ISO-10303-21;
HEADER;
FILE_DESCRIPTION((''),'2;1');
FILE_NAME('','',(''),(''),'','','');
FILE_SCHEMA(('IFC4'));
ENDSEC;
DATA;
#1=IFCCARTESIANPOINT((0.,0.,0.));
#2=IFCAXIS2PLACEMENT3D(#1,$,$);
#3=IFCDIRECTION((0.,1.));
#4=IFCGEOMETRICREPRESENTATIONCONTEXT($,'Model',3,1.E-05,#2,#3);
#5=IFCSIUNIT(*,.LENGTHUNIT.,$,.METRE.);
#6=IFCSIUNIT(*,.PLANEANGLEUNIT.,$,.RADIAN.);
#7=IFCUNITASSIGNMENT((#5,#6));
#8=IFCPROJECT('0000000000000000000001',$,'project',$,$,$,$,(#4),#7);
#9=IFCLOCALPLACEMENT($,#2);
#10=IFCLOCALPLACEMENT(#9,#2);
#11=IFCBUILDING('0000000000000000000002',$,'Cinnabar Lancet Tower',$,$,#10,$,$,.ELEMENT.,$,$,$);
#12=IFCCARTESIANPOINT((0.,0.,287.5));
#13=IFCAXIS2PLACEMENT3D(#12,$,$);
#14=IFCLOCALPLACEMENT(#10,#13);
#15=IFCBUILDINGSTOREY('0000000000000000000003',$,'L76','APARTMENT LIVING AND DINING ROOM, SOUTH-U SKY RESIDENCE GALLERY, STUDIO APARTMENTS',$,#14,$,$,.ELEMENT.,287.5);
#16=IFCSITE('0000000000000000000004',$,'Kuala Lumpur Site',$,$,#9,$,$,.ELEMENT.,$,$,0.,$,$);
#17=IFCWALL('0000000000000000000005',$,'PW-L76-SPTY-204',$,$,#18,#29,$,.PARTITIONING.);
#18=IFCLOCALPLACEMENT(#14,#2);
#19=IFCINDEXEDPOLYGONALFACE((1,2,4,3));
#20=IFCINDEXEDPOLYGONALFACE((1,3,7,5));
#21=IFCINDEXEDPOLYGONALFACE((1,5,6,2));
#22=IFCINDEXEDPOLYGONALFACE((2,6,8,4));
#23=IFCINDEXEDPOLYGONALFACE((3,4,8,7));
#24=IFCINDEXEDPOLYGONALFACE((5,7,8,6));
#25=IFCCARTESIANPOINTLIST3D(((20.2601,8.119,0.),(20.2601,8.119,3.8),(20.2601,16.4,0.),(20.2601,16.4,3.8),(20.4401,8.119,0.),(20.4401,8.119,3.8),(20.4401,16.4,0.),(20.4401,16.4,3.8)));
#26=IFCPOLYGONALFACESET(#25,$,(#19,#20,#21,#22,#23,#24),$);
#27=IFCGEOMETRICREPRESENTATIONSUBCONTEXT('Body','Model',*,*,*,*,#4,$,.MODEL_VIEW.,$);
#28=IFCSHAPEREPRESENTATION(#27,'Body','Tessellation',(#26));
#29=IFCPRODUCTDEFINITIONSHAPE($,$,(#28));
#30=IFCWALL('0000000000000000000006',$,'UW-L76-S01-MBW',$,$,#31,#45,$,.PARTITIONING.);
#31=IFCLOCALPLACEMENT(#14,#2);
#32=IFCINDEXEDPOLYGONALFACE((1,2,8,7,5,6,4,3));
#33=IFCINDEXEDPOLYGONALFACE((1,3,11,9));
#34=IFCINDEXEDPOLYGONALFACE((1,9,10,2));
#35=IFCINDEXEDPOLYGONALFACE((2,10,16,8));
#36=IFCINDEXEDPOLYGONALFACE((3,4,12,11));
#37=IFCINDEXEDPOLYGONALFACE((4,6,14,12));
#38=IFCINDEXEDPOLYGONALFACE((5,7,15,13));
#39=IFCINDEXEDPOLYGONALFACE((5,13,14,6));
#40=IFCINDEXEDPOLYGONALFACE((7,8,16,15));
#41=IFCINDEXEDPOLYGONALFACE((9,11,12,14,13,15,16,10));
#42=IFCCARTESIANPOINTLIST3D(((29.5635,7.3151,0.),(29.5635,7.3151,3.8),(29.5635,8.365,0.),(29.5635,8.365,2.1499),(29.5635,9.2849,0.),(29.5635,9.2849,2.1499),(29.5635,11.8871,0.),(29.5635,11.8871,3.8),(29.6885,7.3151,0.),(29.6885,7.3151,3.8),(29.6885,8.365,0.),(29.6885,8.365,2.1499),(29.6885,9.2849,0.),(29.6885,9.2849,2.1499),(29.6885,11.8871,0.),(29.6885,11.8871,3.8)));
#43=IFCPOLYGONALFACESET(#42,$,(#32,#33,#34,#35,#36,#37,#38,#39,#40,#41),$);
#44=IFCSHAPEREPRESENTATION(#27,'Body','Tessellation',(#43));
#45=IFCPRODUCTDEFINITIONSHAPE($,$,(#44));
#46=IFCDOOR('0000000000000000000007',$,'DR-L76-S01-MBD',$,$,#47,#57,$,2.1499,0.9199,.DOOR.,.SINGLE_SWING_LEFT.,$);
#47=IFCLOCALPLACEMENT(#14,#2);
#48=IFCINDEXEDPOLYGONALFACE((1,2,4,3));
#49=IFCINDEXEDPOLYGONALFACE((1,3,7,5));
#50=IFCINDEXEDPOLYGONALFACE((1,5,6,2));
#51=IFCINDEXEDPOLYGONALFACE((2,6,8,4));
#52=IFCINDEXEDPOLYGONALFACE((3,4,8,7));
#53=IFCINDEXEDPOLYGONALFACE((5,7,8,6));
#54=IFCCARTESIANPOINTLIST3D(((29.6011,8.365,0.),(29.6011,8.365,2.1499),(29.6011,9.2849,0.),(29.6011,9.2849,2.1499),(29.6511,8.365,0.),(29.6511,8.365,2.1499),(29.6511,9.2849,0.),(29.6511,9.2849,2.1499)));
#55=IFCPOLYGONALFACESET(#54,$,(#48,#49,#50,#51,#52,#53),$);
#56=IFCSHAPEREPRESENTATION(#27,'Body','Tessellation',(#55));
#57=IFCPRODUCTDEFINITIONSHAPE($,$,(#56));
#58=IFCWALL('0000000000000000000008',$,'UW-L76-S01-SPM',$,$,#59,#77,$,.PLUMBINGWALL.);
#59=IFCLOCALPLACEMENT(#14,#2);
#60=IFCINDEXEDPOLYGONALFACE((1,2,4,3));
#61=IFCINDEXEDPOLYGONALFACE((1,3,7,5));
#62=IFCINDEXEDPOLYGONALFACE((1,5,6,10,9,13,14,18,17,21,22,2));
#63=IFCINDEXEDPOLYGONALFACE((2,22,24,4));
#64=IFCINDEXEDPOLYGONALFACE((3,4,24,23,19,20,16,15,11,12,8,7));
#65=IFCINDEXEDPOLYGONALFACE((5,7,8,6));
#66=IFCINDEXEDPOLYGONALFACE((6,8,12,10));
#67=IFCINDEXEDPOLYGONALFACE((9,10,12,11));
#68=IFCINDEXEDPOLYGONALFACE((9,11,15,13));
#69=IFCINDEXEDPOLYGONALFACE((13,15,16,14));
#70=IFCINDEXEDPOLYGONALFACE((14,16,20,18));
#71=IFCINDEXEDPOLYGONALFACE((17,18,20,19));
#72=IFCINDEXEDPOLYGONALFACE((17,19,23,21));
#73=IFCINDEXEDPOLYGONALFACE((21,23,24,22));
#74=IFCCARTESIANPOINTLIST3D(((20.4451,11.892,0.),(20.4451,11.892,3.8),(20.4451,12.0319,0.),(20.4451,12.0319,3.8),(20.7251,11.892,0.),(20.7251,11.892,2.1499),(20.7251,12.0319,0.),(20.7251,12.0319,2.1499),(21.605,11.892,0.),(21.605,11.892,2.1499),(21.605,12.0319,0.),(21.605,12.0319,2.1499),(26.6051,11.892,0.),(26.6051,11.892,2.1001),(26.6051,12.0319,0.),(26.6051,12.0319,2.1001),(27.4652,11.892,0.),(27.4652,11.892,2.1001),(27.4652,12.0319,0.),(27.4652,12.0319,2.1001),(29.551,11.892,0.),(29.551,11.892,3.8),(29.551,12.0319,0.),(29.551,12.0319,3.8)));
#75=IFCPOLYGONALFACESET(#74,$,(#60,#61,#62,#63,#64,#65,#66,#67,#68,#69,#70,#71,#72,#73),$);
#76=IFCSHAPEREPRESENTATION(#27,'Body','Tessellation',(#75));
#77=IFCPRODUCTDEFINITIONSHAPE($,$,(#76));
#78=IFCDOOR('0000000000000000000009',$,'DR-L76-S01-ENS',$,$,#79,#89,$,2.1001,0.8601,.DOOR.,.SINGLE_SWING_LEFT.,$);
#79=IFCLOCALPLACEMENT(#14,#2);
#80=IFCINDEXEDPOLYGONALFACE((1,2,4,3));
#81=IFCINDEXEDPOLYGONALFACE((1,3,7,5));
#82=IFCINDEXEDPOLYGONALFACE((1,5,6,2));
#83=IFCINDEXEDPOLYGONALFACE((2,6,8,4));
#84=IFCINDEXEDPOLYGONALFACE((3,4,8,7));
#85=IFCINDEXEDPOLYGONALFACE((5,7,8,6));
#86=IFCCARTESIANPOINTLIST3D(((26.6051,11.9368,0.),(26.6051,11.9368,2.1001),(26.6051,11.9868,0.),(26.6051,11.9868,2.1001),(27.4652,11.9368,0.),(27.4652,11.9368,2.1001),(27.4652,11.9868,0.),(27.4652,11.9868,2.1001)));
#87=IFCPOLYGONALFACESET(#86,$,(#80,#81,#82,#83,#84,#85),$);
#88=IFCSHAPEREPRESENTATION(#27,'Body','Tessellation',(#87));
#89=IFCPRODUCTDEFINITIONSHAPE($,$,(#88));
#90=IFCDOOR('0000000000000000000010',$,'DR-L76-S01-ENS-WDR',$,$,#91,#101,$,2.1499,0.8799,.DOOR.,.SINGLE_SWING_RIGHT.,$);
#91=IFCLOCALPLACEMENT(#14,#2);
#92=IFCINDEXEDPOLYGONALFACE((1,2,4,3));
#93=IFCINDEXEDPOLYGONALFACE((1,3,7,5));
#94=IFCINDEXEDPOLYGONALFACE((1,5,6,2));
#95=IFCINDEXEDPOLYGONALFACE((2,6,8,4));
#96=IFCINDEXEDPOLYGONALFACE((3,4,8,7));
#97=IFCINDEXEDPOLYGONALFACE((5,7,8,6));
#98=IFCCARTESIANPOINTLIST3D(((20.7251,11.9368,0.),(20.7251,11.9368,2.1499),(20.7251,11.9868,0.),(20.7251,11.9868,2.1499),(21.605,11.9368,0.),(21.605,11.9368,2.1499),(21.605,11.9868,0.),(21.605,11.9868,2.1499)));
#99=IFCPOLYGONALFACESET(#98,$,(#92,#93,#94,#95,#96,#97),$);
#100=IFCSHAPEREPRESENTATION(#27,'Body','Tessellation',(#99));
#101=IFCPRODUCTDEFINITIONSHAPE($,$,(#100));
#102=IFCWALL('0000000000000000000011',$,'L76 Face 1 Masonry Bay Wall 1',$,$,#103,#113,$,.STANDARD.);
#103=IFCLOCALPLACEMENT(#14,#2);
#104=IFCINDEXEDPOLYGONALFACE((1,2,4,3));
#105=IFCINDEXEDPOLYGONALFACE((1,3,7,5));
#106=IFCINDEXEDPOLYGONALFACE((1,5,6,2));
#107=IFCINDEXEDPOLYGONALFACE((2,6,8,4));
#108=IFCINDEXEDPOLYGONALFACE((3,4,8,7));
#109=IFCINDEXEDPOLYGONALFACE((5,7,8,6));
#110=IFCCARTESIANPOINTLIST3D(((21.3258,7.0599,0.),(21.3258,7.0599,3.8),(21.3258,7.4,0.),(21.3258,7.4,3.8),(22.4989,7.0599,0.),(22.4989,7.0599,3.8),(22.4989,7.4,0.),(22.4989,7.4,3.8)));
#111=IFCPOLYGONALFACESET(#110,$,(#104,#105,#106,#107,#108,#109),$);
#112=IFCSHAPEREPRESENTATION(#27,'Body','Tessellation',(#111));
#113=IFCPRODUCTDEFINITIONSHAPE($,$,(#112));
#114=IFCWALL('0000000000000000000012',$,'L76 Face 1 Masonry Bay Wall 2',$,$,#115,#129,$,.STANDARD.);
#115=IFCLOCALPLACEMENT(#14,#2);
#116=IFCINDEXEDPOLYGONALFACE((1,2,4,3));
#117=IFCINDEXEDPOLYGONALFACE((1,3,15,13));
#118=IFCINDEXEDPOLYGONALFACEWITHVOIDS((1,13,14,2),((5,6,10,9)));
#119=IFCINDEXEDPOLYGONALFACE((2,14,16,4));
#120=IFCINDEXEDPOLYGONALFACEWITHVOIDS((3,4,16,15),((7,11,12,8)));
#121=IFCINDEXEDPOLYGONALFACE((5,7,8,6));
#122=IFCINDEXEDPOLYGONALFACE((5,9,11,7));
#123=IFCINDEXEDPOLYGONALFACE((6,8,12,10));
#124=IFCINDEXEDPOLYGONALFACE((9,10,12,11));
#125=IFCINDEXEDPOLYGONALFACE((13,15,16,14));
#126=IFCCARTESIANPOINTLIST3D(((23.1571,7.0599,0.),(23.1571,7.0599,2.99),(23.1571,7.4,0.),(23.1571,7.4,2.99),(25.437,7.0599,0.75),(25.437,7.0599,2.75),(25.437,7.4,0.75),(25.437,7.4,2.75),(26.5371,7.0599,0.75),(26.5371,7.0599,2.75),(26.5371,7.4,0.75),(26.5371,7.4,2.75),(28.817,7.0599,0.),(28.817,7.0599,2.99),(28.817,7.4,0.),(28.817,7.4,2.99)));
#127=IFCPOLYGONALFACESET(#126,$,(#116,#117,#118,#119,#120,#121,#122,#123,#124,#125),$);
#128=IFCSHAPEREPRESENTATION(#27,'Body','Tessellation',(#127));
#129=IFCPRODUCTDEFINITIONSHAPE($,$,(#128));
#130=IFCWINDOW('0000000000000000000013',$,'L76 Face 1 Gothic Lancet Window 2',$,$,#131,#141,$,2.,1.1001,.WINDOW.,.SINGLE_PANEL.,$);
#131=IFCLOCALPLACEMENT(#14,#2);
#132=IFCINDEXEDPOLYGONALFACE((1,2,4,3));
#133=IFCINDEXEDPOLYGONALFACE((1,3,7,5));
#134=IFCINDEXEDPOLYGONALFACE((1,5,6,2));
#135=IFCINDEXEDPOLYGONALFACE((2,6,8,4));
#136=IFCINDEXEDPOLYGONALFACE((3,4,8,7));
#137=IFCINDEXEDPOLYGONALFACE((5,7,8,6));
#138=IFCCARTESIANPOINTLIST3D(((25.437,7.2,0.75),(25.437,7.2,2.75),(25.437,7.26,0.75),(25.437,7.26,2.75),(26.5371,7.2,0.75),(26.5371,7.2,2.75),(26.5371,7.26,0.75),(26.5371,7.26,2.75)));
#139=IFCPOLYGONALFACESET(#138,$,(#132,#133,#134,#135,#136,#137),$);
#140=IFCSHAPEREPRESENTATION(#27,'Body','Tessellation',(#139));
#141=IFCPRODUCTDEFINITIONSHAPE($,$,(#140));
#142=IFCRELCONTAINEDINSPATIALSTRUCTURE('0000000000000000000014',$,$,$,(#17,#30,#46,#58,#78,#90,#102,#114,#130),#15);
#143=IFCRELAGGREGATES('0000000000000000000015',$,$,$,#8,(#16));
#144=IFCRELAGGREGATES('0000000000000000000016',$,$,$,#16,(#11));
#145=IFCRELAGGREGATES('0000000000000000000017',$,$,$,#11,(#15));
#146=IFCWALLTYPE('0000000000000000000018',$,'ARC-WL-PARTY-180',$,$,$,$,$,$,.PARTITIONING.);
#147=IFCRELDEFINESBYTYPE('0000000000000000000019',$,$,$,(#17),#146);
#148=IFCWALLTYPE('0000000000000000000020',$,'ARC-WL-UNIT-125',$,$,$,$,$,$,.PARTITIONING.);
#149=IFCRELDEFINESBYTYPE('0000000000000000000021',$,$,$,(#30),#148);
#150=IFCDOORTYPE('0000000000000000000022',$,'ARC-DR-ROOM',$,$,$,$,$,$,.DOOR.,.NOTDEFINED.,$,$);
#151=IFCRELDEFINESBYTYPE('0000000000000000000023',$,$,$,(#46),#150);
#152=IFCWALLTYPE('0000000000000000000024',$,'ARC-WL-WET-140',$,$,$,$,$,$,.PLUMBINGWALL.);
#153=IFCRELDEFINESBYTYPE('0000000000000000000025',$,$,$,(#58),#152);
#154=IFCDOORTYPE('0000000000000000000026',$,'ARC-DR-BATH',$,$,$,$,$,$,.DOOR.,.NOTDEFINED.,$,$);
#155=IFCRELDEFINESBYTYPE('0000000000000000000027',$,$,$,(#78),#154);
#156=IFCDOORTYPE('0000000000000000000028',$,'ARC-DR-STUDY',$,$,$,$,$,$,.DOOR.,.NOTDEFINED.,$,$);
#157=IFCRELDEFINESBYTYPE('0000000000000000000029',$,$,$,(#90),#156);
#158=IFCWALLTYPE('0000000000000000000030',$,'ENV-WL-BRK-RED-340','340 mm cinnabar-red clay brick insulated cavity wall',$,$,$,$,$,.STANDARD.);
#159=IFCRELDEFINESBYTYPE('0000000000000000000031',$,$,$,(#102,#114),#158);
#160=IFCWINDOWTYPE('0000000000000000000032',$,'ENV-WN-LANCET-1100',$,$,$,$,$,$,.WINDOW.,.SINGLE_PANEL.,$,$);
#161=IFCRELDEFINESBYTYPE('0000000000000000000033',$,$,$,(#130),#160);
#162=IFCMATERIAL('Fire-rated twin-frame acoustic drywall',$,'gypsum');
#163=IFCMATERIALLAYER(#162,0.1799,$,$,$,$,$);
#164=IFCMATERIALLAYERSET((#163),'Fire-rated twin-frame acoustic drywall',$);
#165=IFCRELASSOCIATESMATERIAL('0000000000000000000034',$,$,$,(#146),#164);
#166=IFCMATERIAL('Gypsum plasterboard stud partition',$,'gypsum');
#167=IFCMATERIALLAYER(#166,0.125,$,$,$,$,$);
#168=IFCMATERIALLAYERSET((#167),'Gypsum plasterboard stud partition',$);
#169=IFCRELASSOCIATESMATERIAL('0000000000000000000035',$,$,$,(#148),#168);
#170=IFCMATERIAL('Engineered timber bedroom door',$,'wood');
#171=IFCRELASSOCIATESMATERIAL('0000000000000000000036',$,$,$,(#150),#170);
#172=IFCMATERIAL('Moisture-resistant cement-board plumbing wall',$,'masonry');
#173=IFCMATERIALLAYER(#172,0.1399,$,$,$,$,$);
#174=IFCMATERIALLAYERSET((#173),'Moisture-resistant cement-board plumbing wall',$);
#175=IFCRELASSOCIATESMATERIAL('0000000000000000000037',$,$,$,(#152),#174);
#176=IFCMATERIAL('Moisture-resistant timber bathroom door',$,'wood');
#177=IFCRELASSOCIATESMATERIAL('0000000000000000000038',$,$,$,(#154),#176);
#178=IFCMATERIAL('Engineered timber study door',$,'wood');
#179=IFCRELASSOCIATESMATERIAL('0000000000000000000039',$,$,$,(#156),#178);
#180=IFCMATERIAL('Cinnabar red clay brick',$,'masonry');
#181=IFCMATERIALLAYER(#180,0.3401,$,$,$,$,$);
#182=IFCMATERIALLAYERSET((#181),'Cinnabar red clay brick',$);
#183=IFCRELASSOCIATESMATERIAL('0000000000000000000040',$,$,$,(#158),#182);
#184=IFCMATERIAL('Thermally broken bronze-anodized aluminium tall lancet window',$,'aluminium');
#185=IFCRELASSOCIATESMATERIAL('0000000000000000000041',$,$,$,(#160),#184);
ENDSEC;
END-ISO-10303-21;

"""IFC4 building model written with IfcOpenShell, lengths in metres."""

from ifc_helpers import new_model, si_unit, direction, frame, frame_2d, origin, place, context, subcontext, project, spatial, rectangle, extrude, material, layer, layer_set, type_object, element, fill, save


model = new_model("IFC4")

# Units and contexts
model_context = context("Model", 3, precision=1e-05, world=origin(), true_north=direction((0.0, 1.0)))
body_context = subcontext(model_context, "Body", "Model", "MODEL_VIEW")
ifc_project = project(units=[si_unit("LENGTHUNIT", "METRE"), si_unit("PLANEANGLEUNIT", "RADIAN")], contexts=[model_context])

# Site, building, storey
site_placement = place(None, origin())
site = spatial("IfcSite", under=ifc_project, at=site_placement, Name="Kuala Lumpur Site", CompositionType="ELEMENT", RefElevation=0.0)
building_placement = place(site_placement, origin())
building = spatial("IfcBuilding", under=site, at=building_placement, Name="Cinnabar Lancet Tower", CompositionType="ELEMENT")
storey_placement = place(building_placement, frame((0.0, 0.0, 287.5)))
storey = spatial("IfcBuildingStorey", under=building, at=storey_placement, Name="L76", Description="APARTMENT LIVING AND DINING ROOM, SOUTH-U SKY RESIDENCE GALLERY, STUDIO APARTMENTS", CompositionType="ELEMENT", Elevation=287.5)

# Wall
ifc_material_1 = material(Name="Fire-rated twin-frame acoustic drywall", Category="gypsum")
ifc_layer_1 = layer(ifc_material_1, 0.1799)
ifc_layer_set_1 = layer_set([ifc_layer_1], Name="Fire-rated twin-frame acoustic drywall")
wall_type_1 = type_object("IfcWallType", Name="ARC-WL-PARTY-180", PredefinedType="PARTITIONING", material=ifc_layer_set_1)
wall_1_placement = place(storey_placement, frame((20.3501, 8.1189, 0.0), z_axis=(0.0, 0.0, 1.0), x_axis=(0.0, 1.0, 0.0)))
element("IfcWall", 1, at=wall_1_placement, inside=storey, type_object=wall_type_1, Name="PW-L76-SPTY-204", PredefinedType="PARTITIONING", context=body_context, shape_type="SweptSolid", body=[
    extrude(rectangle(XDim=8.281, YDim=0.1799, at=frame_2d((4.1406, 0.0))), origin(), (0.0, 0.0, 1.0), 3.8),
])

# Wall, opening, door
ifc_material_2 = material(Name="Gypsum plasterboard stud partition", Category="gypsum")
ifc_layer_2 = layer(ifc_material_2, 0.125)
ifc_layer_set_2 = layer_set([ifc_layer_2], Name="Gypsum plasterboard stud partition")
wall_type_2 = type_object("IfcWallType", Name="ARC-WL-UNIT-125", PredefinedType="PARTITIONING", material=ifc_layer_set_2)
wall_2_placement = place(storey_placement, frame((29.626, 7.3149, 0.0), z_axis=(0.0, 0.0, 1.0), x_axis=(0.0, 1.0, 0.0)))
wall_2 = element("IfcWall", 2, at=wall_2_placement, inside=storey, type_object=wall_type_2, Name="UW-L76-S01-MBW", PredefinedType="PARTITIONING", context=body_context, shape_type="SweptSolid", body=[
    extrude(rectangle(XDim=4.572, YDim=0.125, at=frame_2d((2.2861, 0.0))), origin(), (0.0, 0.0, 1.0), 3.8),
])
opening_1_placement = place(wall_2_placement, frame((1.05, 0.0, 0.0)))
opening_1 = element("IfcOpeningElement", 3, at=opening_1_placement, cuts=wall_2, PredefinedType="OPENING", context=body_context, shape_type="SweptSolid", body=[
    extrude(rectangle(XDim=0.9199, YDim=2.1499, at=frame_2d((0.46, 1.075))), frame((0.0, 0.0725, 0.0), z_axis=(0.0, -1.0, 0.0), x_axis=(1.0, 0.0, 0.0)), (0.0, 0.0, 1.0), 0.145),
])
ifc_material_3 = material(Name="Engineered timber bedroom door", Category="wood")
door_type_1 = type_object("IfcDoorType", Name="ARC-DR-ROOM", OperationType="NOTDEFINED", PredefinedType="DOOR", material=ifc_material_3)
door_1_placement = place(opening_1_placement, origin())
door_1 = element("IfcDoor", 4, at=door_1_placement, inside=storey, type_object=door_type_1, Name="DR-L76-S01-MBD", OperationType="SINGLE_SWING_LEFT", OverallHeight=2.1499, OverallWidth=0.9199, PredefinedType="DOOR", context=body_context, shape_type="SweptSolid", body=[
    extrude(rectangle(XDim=0.9199, YDim=2.1499, at=frame_2d((0.46, 1.075))), frame((0.0, 0.0249, 0.0), z_axis=(0.0, -1.0, 0.0), x_axis=(1.0, 0.0, 0.0)), (0.0, 0.0, 1.0), 0.05),
])
fill(opening_1, door_1)

# Wall, openings, doors
ifc_material_4 = material(Name="Moisture-resistant cement-board plumbing wall", Category="masonry")
ifc_layer_3 = layer(ifc_material_4, 0.1399)
ifc_layer_set_3 = layer_set([ifc_layer_3], Name="Moisture-resistant cement-board plumbing wall")
wall_type_3 = type_object("IfcWallType", Name="ARC-WL-WET-140", PredefinedType="PLUMBINGWALL", material=ifc_layer_set_3)
wall_3_placement = place(storey_placement, frame((20.4451, 11.9619, 0.0), z_axis=(0.0, 0.0, 1.0), x_axis=(1.0, 0.0, 0.0)))
wall_3 = element("IfcWall", 5, at=wall_3_placement, inside=storey, type_object=wall_type_3, Name="UW-L76-S01-SPM", PredefinedType="PLUMBINGWALL", context=body_context, shape_type="SweptSolid", body=[
    extrude(rectangle(XDim=9.106, YDim=0.1399, at=frame_2d((4.553, 0.0))), origin(), (0.0, 0.0, 1.0), 3.8),
])
opening_2_placement = place(wall_3_placement, frame((0.28, 0.0, 0.0)))
opening_2 = element("IfcOpeningElement", 6, at=opening_2_placement, cuts=wall_3, PredefinedType="OPENING", context=body_context, shape_type="SweptSolid", body=[
    extrude(rectangle(XDim=0.8799, YDim=2.1499, at=frame_2d((0.4399, 1.075))), frame((0.0, 0.0798, 0.0), z_axis=(0.0, -1.0, 0.0), x_axis=(1.0, 0.0, 0.0)), (0.0, 0.0, 1.0), 0.1599),
])
opening_3_placement = place(wall_3_placement, frame((6.1599, 0.0, 0.0)))
opening_3 = element("IfcOpeningElement", 7, at=opening_3_placement, cuts=wall_3, PredefinedType="OPENING", context=body_context, shape_type="SweptSolid", body=[
    extrude(rectangle(XDim=0.8601, YDim=2.1001, at=frame_2d((0.4302, 1.05))), frame((0.0, 0.0798, 0.0), z_axis=(0.0, -1.0, 0.0), x_axis=(1.0, 0.0, 0.0)), (0.0, 0.0, 1.0), 0.1599),
])
ifc_material_5 = material(Name="Moisture-resistant timber bathroom door", Category="wood")
door_type_2 = type_object("IfcDoorType", Name="ARC-DR-BATH", OperationType="NOTDEFINED", PredefinedType="DOOR", material=ifc_material_5)
door_2_placement = place(opening_3_placement, origin())
door_2 = element("IfcDoor", 8, at=door_2_placement, inside=storey, type_object=door_type_2, Name="DR-L76-S01-ENS", OperationType="SINGLE_SWING_LEFT", OverallHeight=2.1001, OverallWidth=0.8601, PredefinedType="DOOR", context=body_context, shape_type="SweptSolid", body=[
    extrude(rectangle(XDim=0.8601, YDim=2.1001, at=frame_2d((0.4302, 1.05))), frame((0.0, 0.0249, 0.0), z_axis=(0.0, -1.0, 0.0), x_axis=(1.0, 0.0, 0.0)), (0.0, 0.0, 1.0), 0.05),
])
fill(opening_3, door_2)
ifc_material_6 = material(Name="Engineered timber study door", Category="wood")
door_type_3 = type_object("IfcDoorType", Name="ARC-DR-STUDY", OperationType="NOTDEFINED", PredefinedType="DOOR", material=ifc_material_6)
door_3_placement = place(opening_2_placement, origin())
door_3 = element("IfcDoor", 9, at=door_3_placement, inside=storey, type_object=door_type_3, Name="DR-L76-S01-ENS-WDR", OperationType="SINGLE_SWING_RIGHT", OverallHeight=2.1499, OverallWidth=0.8799, PredefinedType="DOOR", context=body_context, shape_type="SweptSolid", body=[
    extrude(rectangle(XDim=0.8799, YDim=2.1499, at=frame_2d((0.4399, 1.075))), frame((0.0, 0.0249, 0.0), z_axis=(0.0, -1.0, 0.0), x_axis=(1.0, 0.0, 0.0)), (0.0, 0.0, 1.0), 0.05),
])
fill(opening_2, door_3)

# Wall
ifc_material_7 = material(Name="Cinnabar red clay brick", Category="masonry")
ifc_layer_4 = layer(ifc_material_7, 0.3401)
ifc_layer_set_4 = layer_set([ifc_layer_4], Name="Cinnabar red clay brick")
wall_type_4 = type_object("IfcWallType", Name="ENV-WL-BRK-RED-340", Description="340 mm cinnabar-red clay brick insulated cavity wall", PredefinedType="STANDARD", material=ifc_layer_set_4)
wall_4_placement = place(storey_placement, frame((21.3259, 7.23, 0.0), z_axis=(0.0, 0.0, 1.0), x_axis=(1.0, 0.0, 0.0)))
element("IfcWall", 10, at=wall_4_placement, inside=storey, type_object=wall_type_4, Name="L76 Face 1 Masonry Bay Wall 1", PredefinedType="STANDARD", context=body_context, shape_type="SweptSolid", body=[
    extrude(rectangle(XDim=1.1731, YDim=0.3401, at=frame_2d((0.5864, 0.0))), origin(), (0.0, 0.0, 1.0), 3.8),
])

# Wall, opening, window
wall_5_placement = place(storey_placement, frame((23.157, 7.23, 0.0), z_axis=(0.0, 0.0, 1.0), x_axis=(1.0, 0.0, 0.0)))
wall_5 = element("IfcWall", 11, at=wall_5_placement, inside=storey, type_object=wall_type_4, Name="L76 Face 1 Masonry Bay Wall 2", PredefinedType="STANDARD", context=body_context, shape_type="SweptSolid", body=[
    extrude(rectangle(XDim=5.6599, YDim=0.3401, at=frame_2d((2.8301, 0.0))), origin(), (0.0, 0.0, 1.0), 2.99),
])
opening_4_placement = place(wall_5_placement, frame((2.28, 0.0, 0.75)))
opening_4 = element("IfcOpeningElement", 12, at=opening_4_placement, cuts=wall_5, PredefinedType="OPENING", context=body_context, shape_type="SweptSolid", body=[
    extrude(rectangle(XDim=1.1001, YDim=2.0, at=frame_2d((0.55, 1.0))), frame((0.0, 0.1799, 0.0), z_axis=(0.0, -1.0, 0.0), x_axis=(1.0, 0.0, 0.0)), (0.0, 0.0, 1.0), 0.3601),
])
ifc_material_8 = material(Name="Thermally broken bronze-anodized aluminium tall lancet window", Category="aluminium")
window_type = type_object("IfcWindowType", Name="ENV-WN-LANCET-1100", PartitioningType="SINGLE_PANEL", PredefinedType="WINDOW", material=ifc_material_8)
window_placement = place(opening_4_placement, origin())
window = element("IfcWindow", 13, at=window_placement, inside=storey, type_object=window_type, Name="L76 Face 1 Gothic Lancet Window 2", OverallHeight=2.0, OverallWidth=1.1001, PartitioningType="SINGLE_PANEL", PredefinedType="WINDOW", context=body_context, shape_type="SweptSolid", body=[
    extrude(rectangle(XDim=1.1001, YDim=2.0, at=frame_2d((0.55, 1.0))), frame((0.0, 0.03, 0.0), z_axis=(0.0, -1.0, 0.0), x_axis=(1.0, 0.0, 0.0)), (0.0, 0.0, 1.0), 0.0601),
])
fill(opening_4, window)

save(model, "model.ifc")
